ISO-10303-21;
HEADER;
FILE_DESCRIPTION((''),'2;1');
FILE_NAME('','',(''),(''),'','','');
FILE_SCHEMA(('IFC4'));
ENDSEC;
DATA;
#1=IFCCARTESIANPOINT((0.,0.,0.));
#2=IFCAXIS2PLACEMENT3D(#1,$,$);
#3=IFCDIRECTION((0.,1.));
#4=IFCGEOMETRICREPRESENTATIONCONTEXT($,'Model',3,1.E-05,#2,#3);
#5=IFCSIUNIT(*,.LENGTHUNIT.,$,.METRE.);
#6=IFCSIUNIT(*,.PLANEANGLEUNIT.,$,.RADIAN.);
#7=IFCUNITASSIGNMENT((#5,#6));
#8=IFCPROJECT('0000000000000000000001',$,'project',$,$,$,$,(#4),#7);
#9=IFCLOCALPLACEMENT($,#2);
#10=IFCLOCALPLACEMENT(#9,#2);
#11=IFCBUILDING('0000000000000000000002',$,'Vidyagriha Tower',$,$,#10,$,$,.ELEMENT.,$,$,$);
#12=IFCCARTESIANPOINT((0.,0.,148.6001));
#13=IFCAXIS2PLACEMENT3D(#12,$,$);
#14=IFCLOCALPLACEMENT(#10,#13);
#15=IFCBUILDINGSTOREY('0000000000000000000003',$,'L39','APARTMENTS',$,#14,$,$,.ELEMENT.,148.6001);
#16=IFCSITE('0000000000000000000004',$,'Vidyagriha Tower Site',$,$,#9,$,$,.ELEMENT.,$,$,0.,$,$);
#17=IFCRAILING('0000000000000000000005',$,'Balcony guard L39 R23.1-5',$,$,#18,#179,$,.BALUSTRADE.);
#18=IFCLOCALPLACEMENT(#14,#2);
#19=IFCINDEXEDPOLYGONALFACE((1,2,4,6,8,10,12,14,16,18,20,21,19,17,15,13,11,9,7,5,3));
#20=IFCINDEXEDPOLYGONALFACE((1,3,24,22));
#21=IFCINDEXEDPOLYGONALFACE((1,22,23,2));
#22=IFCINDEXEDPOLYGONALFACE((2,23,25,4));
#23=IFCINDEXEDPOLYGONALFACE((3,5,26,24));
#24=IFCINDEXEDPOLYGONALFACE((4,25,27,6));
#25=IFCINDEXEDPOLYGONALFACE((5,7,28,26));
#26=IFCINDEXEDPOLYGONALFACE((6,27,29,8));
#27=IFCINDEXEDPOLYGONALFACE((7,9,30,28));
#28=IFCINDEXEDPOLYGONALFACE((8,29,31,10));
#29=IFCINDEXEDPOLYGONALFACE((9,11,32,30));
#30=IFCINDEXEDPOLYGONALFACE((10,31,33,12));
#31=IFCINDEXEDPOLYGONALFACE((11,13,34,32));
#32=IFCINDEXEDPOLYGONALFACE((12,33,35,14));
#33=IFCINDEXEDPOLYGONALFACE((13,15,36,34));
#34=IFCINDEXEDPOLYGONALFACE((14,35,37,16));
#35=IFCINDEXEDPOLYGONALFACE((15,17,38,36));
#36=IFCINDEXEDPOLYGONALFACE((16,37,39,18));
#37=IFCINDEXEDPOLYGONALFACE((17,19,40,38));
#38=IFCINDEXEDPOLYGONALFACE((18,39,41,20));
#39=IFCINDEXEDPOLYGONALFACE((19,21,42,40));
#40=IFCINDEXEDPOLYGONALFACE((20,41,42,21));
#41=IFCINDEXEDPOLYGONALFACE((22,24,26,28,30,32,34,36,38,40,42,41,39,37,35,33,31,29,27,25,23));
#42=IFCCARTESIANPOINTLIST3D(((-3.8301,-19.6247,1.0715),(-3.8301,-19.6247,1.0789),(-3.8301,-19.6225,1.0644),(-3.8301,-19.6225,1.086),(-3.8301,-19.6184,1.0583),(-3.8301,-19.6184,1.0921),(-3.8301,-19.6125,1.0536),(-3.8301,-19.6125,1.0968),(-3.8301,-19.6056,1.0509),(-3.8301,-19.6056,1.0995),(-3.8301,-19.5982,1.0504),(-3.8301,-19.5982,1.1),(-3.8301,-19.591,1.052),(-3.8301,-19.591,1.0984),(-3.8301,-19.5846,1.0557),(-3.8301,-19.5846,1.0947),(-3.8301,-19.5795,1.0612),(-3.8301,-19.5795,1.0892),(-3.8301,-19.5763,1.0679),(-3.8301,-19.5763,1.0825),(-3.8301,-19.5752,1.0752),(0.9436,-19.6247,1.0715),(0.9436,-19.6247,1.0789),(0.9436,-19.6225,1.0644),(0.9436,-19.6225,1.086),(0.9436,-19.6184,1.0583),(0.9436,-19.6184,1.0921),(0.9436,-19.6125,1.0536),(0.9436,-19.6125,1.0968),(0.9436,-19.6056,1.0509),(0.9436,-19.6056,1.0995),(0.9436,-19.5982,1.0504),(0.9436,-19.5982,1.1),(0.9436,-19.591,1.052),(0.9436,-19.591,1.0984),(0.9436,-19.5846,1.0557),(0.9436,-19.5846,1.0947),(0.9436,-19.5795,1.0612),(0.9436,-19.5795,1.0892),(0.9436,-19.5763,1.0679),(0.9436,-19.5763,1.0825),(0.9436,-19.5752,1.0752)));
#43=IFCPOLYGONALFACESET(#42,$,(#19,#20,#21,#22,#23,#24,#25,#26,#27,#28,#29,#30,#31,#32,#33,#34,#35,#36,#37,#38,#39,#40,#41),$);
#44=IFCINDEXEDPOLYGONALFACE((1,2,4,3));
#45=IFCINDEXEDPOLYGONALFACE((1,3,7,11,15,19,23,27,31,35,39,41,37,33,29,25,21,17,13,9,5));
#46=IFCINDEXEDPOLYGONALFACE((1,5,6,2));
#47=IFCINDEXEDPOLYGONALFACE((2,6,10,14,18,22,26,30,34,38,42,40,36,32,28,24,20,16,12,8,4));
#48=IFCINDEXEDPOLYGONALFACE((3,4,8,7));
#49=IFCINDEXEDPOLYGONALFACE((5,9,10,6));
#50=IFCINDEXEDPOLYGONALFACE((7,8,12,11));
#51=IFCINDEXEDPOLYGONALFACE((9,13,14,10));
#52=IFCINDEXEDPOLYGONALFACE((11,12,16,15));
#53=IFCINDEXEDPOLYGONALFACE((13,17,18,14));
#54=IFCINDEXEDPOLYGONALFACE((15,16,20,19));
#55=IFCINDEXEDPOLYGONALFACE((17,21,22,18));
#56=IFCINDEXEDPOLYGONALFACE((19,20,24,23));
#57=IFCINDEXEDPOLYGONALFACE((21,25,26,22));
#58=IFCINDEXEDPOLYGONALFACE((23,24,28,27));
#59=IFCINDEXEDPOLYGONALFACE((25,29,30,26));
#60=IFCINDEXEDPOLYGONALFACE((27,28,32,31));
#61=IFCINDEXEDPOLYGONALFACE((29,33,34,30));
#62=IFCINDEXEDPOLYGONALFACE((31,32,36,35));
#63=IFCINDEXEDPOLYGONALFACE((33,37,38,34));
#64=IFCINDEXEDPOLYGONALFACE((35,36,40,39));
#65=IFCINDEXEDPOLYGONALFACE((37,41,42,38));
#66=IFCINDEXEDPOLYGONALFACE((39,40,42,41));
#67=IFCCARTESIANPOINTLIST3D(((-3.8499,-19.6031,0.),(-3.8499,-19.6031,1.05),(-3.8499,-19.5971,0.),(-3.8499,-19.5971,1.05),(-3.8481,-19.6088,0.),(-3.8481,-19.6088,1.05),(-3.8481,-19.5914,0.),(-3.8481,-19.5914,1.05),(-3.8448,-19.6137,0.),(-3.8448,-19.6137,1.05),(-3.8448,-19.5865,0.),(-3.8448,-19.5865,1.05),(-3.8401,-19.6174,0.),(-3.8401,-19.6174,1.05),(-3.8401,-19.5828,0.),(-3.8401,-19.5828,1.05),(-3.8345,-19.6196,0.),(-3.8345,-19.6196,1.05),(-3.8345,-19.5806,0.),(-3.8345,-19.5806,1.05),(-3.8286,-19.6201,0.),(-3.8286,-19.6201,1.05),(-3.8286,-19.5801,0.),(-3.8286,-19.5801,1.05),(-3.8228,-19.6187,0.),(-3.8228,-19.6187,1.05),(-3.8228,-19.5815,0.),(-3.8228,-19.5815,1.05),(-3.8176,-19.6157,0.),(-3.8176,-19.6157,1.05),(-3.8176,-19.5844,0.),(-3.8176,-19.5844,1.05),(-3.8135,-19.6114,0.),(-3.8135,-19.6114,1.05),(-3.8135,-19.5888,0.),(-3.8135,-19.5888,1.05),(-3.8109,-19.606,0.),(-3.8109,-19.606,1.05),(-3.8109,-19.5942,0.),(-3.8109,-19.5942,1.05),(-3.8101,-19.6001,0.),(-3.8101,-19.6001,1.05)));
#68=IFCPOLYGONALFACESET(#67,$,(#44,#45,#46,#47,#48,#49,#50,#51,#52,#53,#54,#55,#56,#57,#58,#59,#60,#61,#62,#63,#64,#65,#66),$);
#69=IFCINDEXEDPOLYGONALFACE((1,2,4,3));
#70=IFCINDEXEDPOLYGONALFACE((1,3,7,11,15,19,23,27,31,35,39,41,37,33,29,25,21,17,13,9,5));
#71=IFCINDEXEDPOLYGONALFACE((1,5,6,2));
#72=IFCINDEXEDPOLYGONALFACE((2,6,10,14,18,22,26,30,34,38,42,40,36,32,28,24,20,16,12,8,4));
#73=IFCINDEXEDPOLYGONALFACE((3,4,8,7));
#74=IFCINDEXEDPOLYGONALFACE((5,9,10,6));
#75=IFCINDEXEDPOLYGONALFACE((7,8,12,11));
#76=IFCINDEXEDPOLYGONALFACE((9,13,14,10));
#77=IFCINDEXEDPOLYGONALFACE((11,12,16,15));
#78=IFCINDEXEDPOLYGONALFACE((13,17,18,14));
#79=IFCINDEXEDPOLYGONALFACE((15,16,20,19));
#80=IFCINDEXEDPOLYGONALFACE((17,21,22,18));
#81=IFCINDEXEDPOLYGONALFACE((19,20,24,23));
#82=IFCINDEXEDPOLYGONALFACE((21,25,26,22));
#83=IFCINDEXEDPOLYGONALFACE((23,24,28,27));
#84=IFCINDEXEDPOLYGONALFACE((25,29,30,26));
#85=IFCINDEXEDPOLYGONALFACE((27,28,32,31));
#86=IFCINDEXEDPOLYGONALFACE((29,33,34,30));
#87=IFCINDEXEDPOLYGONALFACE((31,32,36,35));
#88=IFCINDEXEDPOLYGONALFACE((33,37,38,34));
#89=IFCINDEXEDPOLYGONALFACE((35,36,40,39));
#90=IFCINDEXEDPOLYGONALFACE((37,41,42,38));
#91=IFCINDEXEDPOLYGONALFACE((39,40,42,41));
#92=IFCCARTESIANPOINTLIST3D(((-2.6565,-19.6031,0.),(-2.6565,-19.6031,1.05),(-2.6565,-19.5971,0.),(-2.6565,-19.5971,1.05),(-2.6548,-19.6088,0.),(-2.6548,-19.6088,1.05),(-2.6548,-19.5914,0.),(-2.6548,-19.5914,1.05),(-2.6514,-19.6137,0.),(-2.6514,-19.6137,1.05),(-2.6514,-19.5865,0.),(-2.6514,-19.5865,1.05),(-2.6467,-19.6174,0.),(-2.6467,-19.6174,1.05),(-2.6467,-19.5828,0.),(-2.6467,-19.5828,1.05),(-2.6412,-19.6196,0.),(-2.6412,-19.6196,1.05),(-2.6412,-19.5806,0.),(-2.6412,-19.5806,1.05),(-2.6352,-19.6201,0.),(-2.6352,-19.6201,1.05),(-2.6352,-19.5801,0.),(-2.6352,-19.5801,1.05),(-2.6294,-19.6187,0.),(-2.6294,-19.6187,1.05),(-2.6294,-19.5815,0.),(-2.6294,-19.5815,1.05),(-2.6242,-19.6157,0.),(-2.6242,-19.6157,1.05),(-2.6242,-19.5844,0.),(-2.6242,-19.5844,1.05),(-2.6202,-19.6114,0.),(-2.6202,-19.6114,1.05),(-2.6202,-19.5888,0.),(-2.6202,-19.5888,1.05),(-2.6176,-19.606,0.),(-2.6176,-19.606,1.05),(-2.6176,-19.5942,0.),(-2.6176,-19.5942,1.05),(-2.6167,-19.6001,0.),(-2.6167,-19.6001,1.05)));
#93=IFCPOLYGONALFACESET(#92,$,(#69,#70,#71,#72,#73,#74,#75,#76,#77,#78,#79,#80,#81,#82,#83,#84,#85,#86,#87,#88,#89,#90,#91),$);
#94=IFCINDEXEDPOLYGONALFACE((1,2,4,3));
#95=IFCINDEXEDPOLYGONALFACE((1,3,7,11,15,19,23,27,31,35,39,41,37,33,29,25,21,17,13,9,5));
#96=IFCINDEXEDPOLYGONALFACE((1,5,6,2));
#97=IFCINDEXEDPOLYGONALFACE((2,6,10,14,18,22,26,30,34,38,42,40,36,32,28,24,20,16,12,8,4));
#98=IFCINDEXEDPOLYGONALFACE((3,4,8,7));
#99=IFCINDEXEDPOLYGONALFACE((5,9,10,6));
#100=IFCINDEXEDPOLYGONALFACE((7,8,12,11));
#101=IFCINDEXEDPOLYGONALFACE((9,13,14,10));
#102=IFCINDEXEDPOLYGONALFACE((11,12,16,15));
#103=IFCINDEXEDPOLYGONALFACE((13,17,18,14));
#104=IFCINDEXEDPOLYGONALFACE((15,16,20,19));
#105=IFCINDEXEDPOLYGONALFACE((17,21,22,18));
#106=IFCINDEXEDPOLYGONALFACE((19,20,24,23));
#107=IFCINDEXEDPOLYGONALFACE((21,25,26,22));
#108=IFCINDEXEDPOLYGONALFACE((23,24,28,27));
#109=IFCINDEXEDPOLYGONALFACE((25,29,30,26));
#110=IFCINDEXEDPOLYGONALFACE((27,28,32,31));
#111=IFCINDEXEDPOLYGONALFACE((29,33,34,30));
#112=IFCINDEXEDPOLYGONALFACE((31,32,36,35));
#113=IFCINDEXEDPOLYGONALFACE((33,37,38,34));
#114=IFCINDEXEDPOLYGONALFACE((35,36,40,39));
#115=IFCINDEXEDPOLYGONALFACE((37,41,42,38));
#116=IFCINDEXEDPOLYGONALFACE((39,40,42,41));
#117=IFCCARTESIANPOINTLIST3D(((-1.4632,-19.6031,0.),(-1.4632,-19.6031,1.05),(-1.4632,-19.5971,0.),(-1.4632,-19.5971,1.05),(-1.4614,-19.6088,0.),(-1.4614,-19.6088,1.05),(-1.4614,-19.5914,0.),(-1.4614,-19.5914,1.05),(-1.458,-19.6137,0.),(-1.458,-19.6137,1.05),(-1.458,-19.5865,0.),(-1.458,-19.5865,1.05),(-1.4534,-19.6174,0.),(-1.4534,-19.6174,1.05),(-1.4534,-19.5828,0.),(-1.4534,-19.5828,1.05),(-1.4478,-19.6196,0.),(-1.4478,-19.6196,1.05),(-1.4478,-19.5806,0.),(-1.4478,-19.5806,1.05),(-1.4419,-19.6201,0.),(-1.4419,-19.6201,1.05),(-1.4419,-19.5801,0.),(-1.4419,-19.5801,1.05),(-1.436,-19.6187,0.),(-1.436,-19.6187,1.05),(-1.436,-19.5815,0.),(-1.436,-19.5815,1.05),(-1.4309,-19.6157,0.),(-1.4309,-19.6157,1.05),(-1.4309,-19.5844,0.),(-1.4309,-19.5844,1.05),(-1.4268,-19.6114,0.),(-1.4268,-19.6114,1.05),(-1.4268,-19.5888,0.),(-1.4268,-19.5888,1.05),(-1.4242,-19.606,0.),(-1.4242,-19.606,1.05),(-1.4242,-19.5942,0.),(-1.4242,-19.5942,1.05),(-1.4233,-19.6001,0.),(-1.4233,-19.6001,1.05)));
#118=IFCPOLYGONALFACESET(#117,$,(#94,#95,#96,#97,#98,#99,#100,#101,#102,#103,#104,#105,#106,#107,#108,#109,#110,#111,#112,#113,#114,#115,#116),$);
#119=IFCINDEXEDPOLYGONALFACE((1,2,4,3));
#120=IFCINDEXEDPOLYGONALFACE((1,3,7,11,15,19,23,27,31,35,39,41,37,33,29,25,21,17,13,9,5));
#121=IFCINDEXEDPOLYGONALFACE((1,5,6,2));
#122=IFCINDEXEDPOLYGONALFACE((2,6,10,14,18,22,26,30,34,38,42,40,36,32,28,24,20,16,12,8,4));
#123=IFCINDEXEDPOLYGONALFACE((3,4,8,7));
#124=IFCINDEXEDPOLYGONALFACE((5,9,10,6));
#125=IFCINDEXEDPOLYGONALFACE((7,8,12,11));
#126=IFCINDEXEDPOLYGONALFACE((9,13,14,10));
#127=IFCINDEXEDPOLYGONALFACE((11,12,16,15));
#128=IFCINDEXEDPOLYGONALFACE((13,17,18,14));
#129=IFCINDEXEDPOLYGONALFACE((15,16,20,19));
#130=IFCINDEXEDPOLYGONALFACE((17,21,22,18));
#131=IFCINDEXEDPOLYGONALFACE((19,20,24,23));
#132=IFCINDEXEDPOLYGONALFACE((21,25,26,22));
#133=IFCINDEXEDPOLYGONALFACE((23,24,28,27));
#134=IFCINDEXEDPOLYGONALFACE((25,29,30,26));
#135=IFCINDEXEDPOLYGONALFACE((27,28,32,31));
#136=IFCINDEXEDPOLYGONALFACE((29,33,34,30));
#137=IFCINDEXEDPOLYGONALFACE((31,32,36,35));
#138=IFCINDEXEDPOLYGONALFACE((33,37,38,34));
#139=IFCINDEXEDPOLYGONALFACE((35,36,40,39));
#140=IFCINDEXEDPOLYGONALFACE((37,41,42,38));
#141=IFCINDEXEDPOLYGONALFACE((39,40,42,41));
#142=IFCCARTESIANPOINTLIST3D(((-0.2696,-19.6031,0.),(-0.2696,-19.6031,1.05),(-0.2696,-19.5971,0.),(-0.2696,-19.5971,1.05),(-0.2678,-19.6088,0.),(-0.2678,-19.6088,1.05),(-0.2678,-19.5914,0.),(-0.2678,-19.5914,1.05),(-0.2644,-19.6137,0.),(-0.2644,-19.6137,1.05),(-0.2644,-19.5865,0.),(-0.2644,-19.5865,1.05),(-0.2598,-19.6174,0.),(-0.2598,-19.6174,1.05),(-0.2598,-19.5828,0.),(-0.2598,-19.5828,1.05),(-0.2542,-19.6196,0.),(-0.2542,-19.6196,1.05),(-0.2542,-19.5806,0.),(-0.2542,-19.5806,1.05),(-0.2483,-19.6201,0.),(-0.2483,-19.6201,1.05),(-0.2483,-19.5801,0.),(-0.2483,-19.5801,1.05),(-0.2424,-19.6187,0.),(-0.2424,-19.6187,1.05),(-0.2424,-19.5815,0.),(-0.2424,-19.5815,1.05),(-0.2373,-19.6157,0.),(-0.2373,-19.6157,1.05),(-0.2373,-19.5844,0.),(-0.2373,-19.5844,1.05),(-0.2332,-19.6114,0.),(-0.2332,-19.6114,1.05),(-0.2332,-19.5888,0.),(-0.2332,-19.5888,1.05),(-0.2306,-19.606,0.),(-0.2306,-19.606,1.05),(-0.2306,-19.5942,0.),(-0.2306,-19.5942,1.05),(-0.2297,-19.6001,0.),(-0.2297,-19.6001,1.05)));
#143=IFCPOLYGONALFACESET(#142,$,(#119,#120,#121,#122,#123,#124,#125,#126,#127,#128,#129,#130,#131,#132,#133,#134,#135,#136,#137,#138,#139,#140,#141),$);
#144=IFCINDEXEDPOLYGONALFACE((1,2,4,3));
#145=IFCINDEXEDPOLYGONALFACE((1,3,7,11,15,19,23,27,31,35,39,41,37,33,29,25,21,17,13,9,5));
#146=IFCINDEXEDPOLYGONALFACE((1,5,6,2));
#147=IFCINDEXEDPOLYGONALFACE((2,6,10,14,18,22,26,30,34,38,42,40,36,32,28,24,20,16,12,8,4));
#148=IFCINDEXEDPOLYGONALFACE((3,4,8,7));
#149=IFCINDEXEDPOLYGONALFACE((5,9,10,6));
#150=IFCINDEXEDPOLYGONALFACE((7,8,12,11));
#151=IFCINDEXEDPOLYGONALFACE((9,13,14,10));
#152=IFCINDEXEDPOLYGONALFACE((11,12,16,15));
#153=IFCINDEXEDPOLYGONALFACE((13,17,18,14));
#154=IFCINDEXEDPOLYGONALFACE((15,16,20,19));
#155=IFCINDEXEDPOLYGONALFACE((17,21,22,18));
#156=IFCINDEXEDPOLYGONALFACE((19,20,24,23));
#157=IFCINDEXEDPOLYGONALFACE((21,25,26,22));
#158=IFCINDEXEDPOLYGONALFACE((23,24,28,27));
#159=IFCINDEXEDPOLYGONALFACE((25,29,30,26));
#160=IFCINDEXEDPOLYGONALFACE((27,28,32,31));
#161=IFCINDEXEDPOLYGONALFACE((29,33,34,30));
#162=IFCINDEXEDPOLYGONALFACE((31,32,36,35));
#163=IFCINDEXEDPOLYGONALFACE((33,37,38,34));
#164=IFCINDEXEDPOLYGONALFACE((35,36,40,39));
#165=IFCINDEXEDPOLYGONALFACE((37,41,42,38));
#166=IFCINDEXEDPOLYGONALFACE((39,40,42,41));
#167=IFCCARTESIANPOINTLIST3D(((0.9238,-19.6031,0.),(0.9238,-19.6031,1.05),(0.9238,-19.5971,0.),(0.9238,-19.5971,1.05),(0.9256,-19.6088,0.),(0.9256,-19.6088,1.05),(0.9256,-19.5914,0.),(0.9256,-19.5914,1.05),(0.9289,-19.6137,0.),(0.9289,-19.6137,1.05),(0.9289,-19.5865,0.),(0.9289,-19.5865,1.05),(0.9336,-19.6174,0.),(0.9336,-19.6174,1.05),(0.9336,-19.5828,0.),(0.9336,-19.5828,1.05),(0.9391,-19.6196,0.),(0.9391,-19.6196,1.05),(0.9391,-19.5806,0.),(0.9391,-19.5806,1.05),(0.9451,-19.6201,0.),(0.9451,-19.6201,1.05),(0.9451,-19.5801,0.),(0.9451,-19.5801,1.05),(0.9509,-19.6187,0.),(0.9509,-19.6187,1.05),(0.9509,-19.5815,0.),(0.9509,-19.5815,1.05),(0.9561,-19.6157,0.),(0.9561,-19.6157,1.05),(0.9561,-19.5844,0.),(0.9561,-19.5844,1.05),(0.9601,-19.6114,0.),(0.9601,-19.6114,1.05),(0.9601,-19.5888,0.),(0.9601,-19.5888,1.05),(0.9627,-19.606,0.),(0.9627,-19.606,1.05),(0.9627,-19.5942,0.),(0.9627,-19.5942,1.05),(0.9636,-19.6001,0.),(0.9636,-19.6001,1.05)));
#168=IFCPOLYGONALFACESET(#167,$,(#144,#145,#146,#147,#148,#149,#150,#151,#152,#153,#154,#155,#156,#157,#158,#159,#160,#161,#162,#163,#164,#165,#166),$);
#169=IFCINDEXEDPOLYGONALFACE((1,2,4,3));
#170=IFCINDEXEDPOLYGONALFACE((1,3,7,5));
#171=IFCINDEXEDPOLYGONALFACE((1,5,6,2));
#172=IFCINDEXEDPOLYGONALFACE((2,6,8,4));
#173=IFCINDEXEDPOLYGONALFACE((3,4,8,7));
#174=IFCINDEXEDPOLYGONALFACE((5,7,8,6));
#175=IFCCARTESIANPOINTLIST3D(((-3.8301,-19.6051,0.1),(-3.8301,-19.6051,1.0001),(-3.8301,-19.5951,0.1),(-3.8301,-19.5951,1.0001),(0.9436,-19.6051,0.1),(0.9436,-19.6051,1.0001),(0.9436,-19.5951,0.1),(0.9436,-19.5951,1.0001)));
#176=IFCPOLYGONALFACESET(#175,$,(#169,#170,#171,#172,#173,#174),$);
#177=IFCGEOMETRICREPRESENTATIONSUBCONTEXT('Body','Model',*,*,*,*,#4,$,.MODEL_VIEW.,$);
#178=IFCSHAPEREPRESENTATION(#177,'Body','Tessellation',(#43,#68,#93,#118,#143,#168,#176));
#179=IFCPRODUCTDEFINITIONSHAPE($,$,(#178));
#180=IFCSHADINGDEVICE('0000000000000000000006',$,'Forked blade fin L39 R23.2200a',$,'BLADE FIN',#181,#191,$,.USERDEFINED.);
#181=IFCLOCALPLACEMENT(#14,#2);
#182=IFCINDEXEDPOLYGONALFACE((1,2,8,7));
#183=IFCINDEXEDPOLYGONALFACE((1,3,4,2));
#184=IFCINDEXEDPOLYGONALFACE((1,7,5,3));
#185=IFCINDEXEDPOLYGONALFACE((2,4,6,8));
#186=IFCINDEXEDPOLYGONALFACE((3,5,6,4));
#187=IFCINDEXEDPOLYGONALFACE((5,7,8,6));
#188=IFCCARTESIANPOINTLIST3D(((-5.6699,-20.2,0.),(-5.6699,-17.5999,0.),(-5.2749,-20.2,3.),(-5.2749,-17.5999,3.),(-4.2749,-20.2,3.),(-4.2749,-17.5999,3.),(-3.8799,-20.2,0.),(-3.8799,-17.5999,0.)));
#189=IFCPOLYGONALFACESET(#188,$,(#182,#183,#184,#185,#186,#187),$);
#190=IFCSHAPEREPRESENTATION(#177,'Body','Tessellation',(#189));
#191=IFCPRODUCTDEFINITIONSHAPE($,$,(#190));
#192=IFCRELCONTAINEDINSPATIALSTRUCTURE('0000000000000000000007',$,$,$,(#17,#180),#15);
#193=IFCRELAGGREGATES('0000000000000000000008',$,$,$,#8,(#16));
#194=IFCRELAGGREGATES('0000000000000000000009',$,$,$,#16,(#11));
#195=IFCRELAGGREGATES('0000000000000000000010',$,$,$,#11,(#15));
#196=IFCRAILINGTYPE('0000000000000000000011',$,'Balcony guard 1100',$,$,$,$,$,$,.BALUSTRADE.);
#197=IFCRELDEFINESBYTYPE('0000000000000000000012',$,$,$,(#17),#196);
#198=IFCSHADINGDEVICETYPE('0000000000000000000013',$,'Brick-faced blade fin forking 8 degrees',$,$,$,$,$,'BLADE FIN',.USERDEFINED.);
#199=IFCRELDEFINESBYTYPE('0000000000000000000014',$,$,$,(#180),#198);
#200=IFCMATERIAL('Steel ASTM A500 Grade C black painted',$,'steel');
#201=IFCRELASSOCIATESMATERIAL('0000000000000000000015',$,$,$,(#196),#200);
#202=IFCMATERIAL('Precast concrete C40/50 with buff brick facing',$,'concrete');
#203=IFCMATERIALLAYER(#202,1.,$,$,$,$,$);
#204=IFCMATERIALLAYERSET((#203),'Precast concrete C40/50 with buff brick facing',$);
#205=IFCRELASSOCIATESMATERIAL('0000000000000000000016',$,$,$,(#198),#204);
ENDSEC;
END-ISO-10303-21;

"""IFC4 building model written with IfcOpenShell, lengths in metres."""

from ifc_helpers import new_model, si_unit, direction, frame, origin, origin_2d, place, context, subcontext, project, spatial, polyline, rectangle, circle, outline, extrude, material, layer, layer_set, type_object, element, save


model = new_model("IFC4")

# Units and contexts
model_context = context("Model", 3, precision=1e-05, world=origin(), true_north=direction((0.0, 1.0)))
body_context = subcontext(model_context, "Body", "Model", "MODEL_VIEW")
ifc_project = project(units=[si_unit("LENGTHUNIT", "METRE"), si_unit("PLANEANGLEUNIT", "RADIAN")], contexts=[model_context])

# Site, building, storey
site_placement = place(None, origin())
site = spatial("IfcSite", under=ifc_project, at=site_placement, Name="Vidyagriha Tower Site", CompositionType="ELEMENT", RefElevation=0.0)
building_placement = place(site_placement, origin())
building = spatial("IfcBuilding", under=site, at=building_placement, Name="Vidyagriha Tower", CompositionType="ELEMENT")
storey_placement = place(building_placement, frame((0.0, 0.0, 148.6001)))
storey = spatial("IfcBuildingStorey", under=building, at=storey_placement, Name="L39", Description="APARTMENTS", CompositionType="ELEMENT", Elevation=148.6001)

# Railing
ifc_material_1 = material(Name="Steel ASTM A500 Grade C black painted", Category="steel")
railing_type = type_object("IfcRailingType", Name="Balcony guard 1100", PredefinedType="BALUSTRADE", material=ifc_material_1)
railing_placement = place(storey_placement, frame((-3.8301, -19.6001, 0.0)))
element("IfcRailing", 1, at=railing_placement, inside=storey, type_object=railing_type, Name="Balcony guard L39 R23.1-5", PredefinedType="BALUSTRADE", context=body_context, shape_type="SweptSolid", body=[
    extrude(circle(Radius=0.0249, at=origin_2d()), frame((0.0, 0.0, 1.0752), z_axis=(1.0, 0.0, 0.0), x_axis=(0.0, 1.0, 0.0)), (0.0, 0.0, 1.0), 4.7737),
    extrude(circle(Radius=0.02, at=origin_2d()), origin(), (0.0, 0.0, 1.0), 1.05),
    extrude(circle(Radius=0.02, at=origin_2d()), frame((1.1934, 0.0, 0.0)), (0.0, 0.0, 1.0), 1.05),
    extrude(circle(Radius=0.02, at=origin_2d()), frame((2.3867, 0.0, 0.0)), (0.0, 0.0, 1.0), 1.05),
    extrude(circle(Radius=0.02, at=origin_2d()), frame((3.5803, 0.0, 0.0)), (0.0, 0.0, 1.0), 1.05),
    extrude(circle(Radius=0.02, at=origin_2d()), frame((4.7737, 0.0, 0.0)), (0.0, 0.0, 1.0), 1.05),
    extrude(rectangle(XDim=0.01, YDim=0.9001, at=origin_2d()), frame((0.0, 0.0, 0.55), z_axis=(1.0, 0.0, 0.0), x_axis=(0.0, 1.0, 0.0)), (0.0, 0.0, 1.0), 4.7737),
])

# Shading device
ifc_material_2 = material(Name="Precast concrete C40/50 with buff brick facing", Category="concrete")
ifc_layer_1 = layer(ifc_material_2, 1.0)
ifc_layer_set_1 = layer_set([ifc_layer_1], Name="Precast concrete C40/50 with buff brick facing")
shading_device_type = type_object("IfcShadingDeviceType", Name="Brick-faced blade fin forking 8 degrees", ElementType="BLADE FIN", PredefinedType="USERDEFINED", material=ifc_layer_set_1)
shading_device_placement = place(storey_placement, frame((-5.6699, -18.8999, 0.0)))
element("IfcShadingDevice", 2, at=shading_device_placement, inside=storey, type_object=shading_device_type, Name="Forked blade fin L39 R23.2200a", ObjectType="BLADE FIN", PredefinedType="USERDEFINED", context=body_context, shape_type="SweptSolid", body=[
    extrude(outline(polyline([(0.0, 0.0), (1.79, 0.0), (1.395, 3.0), (0.395, 3.0), (0.0, 0.0)])), frame((0.0, 1.3, 0.0), z_axis=(0.0, -1.0, 0.0), x_axis=(1.0, 0.0, 0.0)), (0.0, 0.0, 1.0), 2.6001),
])

save(model, "model.ifc")
